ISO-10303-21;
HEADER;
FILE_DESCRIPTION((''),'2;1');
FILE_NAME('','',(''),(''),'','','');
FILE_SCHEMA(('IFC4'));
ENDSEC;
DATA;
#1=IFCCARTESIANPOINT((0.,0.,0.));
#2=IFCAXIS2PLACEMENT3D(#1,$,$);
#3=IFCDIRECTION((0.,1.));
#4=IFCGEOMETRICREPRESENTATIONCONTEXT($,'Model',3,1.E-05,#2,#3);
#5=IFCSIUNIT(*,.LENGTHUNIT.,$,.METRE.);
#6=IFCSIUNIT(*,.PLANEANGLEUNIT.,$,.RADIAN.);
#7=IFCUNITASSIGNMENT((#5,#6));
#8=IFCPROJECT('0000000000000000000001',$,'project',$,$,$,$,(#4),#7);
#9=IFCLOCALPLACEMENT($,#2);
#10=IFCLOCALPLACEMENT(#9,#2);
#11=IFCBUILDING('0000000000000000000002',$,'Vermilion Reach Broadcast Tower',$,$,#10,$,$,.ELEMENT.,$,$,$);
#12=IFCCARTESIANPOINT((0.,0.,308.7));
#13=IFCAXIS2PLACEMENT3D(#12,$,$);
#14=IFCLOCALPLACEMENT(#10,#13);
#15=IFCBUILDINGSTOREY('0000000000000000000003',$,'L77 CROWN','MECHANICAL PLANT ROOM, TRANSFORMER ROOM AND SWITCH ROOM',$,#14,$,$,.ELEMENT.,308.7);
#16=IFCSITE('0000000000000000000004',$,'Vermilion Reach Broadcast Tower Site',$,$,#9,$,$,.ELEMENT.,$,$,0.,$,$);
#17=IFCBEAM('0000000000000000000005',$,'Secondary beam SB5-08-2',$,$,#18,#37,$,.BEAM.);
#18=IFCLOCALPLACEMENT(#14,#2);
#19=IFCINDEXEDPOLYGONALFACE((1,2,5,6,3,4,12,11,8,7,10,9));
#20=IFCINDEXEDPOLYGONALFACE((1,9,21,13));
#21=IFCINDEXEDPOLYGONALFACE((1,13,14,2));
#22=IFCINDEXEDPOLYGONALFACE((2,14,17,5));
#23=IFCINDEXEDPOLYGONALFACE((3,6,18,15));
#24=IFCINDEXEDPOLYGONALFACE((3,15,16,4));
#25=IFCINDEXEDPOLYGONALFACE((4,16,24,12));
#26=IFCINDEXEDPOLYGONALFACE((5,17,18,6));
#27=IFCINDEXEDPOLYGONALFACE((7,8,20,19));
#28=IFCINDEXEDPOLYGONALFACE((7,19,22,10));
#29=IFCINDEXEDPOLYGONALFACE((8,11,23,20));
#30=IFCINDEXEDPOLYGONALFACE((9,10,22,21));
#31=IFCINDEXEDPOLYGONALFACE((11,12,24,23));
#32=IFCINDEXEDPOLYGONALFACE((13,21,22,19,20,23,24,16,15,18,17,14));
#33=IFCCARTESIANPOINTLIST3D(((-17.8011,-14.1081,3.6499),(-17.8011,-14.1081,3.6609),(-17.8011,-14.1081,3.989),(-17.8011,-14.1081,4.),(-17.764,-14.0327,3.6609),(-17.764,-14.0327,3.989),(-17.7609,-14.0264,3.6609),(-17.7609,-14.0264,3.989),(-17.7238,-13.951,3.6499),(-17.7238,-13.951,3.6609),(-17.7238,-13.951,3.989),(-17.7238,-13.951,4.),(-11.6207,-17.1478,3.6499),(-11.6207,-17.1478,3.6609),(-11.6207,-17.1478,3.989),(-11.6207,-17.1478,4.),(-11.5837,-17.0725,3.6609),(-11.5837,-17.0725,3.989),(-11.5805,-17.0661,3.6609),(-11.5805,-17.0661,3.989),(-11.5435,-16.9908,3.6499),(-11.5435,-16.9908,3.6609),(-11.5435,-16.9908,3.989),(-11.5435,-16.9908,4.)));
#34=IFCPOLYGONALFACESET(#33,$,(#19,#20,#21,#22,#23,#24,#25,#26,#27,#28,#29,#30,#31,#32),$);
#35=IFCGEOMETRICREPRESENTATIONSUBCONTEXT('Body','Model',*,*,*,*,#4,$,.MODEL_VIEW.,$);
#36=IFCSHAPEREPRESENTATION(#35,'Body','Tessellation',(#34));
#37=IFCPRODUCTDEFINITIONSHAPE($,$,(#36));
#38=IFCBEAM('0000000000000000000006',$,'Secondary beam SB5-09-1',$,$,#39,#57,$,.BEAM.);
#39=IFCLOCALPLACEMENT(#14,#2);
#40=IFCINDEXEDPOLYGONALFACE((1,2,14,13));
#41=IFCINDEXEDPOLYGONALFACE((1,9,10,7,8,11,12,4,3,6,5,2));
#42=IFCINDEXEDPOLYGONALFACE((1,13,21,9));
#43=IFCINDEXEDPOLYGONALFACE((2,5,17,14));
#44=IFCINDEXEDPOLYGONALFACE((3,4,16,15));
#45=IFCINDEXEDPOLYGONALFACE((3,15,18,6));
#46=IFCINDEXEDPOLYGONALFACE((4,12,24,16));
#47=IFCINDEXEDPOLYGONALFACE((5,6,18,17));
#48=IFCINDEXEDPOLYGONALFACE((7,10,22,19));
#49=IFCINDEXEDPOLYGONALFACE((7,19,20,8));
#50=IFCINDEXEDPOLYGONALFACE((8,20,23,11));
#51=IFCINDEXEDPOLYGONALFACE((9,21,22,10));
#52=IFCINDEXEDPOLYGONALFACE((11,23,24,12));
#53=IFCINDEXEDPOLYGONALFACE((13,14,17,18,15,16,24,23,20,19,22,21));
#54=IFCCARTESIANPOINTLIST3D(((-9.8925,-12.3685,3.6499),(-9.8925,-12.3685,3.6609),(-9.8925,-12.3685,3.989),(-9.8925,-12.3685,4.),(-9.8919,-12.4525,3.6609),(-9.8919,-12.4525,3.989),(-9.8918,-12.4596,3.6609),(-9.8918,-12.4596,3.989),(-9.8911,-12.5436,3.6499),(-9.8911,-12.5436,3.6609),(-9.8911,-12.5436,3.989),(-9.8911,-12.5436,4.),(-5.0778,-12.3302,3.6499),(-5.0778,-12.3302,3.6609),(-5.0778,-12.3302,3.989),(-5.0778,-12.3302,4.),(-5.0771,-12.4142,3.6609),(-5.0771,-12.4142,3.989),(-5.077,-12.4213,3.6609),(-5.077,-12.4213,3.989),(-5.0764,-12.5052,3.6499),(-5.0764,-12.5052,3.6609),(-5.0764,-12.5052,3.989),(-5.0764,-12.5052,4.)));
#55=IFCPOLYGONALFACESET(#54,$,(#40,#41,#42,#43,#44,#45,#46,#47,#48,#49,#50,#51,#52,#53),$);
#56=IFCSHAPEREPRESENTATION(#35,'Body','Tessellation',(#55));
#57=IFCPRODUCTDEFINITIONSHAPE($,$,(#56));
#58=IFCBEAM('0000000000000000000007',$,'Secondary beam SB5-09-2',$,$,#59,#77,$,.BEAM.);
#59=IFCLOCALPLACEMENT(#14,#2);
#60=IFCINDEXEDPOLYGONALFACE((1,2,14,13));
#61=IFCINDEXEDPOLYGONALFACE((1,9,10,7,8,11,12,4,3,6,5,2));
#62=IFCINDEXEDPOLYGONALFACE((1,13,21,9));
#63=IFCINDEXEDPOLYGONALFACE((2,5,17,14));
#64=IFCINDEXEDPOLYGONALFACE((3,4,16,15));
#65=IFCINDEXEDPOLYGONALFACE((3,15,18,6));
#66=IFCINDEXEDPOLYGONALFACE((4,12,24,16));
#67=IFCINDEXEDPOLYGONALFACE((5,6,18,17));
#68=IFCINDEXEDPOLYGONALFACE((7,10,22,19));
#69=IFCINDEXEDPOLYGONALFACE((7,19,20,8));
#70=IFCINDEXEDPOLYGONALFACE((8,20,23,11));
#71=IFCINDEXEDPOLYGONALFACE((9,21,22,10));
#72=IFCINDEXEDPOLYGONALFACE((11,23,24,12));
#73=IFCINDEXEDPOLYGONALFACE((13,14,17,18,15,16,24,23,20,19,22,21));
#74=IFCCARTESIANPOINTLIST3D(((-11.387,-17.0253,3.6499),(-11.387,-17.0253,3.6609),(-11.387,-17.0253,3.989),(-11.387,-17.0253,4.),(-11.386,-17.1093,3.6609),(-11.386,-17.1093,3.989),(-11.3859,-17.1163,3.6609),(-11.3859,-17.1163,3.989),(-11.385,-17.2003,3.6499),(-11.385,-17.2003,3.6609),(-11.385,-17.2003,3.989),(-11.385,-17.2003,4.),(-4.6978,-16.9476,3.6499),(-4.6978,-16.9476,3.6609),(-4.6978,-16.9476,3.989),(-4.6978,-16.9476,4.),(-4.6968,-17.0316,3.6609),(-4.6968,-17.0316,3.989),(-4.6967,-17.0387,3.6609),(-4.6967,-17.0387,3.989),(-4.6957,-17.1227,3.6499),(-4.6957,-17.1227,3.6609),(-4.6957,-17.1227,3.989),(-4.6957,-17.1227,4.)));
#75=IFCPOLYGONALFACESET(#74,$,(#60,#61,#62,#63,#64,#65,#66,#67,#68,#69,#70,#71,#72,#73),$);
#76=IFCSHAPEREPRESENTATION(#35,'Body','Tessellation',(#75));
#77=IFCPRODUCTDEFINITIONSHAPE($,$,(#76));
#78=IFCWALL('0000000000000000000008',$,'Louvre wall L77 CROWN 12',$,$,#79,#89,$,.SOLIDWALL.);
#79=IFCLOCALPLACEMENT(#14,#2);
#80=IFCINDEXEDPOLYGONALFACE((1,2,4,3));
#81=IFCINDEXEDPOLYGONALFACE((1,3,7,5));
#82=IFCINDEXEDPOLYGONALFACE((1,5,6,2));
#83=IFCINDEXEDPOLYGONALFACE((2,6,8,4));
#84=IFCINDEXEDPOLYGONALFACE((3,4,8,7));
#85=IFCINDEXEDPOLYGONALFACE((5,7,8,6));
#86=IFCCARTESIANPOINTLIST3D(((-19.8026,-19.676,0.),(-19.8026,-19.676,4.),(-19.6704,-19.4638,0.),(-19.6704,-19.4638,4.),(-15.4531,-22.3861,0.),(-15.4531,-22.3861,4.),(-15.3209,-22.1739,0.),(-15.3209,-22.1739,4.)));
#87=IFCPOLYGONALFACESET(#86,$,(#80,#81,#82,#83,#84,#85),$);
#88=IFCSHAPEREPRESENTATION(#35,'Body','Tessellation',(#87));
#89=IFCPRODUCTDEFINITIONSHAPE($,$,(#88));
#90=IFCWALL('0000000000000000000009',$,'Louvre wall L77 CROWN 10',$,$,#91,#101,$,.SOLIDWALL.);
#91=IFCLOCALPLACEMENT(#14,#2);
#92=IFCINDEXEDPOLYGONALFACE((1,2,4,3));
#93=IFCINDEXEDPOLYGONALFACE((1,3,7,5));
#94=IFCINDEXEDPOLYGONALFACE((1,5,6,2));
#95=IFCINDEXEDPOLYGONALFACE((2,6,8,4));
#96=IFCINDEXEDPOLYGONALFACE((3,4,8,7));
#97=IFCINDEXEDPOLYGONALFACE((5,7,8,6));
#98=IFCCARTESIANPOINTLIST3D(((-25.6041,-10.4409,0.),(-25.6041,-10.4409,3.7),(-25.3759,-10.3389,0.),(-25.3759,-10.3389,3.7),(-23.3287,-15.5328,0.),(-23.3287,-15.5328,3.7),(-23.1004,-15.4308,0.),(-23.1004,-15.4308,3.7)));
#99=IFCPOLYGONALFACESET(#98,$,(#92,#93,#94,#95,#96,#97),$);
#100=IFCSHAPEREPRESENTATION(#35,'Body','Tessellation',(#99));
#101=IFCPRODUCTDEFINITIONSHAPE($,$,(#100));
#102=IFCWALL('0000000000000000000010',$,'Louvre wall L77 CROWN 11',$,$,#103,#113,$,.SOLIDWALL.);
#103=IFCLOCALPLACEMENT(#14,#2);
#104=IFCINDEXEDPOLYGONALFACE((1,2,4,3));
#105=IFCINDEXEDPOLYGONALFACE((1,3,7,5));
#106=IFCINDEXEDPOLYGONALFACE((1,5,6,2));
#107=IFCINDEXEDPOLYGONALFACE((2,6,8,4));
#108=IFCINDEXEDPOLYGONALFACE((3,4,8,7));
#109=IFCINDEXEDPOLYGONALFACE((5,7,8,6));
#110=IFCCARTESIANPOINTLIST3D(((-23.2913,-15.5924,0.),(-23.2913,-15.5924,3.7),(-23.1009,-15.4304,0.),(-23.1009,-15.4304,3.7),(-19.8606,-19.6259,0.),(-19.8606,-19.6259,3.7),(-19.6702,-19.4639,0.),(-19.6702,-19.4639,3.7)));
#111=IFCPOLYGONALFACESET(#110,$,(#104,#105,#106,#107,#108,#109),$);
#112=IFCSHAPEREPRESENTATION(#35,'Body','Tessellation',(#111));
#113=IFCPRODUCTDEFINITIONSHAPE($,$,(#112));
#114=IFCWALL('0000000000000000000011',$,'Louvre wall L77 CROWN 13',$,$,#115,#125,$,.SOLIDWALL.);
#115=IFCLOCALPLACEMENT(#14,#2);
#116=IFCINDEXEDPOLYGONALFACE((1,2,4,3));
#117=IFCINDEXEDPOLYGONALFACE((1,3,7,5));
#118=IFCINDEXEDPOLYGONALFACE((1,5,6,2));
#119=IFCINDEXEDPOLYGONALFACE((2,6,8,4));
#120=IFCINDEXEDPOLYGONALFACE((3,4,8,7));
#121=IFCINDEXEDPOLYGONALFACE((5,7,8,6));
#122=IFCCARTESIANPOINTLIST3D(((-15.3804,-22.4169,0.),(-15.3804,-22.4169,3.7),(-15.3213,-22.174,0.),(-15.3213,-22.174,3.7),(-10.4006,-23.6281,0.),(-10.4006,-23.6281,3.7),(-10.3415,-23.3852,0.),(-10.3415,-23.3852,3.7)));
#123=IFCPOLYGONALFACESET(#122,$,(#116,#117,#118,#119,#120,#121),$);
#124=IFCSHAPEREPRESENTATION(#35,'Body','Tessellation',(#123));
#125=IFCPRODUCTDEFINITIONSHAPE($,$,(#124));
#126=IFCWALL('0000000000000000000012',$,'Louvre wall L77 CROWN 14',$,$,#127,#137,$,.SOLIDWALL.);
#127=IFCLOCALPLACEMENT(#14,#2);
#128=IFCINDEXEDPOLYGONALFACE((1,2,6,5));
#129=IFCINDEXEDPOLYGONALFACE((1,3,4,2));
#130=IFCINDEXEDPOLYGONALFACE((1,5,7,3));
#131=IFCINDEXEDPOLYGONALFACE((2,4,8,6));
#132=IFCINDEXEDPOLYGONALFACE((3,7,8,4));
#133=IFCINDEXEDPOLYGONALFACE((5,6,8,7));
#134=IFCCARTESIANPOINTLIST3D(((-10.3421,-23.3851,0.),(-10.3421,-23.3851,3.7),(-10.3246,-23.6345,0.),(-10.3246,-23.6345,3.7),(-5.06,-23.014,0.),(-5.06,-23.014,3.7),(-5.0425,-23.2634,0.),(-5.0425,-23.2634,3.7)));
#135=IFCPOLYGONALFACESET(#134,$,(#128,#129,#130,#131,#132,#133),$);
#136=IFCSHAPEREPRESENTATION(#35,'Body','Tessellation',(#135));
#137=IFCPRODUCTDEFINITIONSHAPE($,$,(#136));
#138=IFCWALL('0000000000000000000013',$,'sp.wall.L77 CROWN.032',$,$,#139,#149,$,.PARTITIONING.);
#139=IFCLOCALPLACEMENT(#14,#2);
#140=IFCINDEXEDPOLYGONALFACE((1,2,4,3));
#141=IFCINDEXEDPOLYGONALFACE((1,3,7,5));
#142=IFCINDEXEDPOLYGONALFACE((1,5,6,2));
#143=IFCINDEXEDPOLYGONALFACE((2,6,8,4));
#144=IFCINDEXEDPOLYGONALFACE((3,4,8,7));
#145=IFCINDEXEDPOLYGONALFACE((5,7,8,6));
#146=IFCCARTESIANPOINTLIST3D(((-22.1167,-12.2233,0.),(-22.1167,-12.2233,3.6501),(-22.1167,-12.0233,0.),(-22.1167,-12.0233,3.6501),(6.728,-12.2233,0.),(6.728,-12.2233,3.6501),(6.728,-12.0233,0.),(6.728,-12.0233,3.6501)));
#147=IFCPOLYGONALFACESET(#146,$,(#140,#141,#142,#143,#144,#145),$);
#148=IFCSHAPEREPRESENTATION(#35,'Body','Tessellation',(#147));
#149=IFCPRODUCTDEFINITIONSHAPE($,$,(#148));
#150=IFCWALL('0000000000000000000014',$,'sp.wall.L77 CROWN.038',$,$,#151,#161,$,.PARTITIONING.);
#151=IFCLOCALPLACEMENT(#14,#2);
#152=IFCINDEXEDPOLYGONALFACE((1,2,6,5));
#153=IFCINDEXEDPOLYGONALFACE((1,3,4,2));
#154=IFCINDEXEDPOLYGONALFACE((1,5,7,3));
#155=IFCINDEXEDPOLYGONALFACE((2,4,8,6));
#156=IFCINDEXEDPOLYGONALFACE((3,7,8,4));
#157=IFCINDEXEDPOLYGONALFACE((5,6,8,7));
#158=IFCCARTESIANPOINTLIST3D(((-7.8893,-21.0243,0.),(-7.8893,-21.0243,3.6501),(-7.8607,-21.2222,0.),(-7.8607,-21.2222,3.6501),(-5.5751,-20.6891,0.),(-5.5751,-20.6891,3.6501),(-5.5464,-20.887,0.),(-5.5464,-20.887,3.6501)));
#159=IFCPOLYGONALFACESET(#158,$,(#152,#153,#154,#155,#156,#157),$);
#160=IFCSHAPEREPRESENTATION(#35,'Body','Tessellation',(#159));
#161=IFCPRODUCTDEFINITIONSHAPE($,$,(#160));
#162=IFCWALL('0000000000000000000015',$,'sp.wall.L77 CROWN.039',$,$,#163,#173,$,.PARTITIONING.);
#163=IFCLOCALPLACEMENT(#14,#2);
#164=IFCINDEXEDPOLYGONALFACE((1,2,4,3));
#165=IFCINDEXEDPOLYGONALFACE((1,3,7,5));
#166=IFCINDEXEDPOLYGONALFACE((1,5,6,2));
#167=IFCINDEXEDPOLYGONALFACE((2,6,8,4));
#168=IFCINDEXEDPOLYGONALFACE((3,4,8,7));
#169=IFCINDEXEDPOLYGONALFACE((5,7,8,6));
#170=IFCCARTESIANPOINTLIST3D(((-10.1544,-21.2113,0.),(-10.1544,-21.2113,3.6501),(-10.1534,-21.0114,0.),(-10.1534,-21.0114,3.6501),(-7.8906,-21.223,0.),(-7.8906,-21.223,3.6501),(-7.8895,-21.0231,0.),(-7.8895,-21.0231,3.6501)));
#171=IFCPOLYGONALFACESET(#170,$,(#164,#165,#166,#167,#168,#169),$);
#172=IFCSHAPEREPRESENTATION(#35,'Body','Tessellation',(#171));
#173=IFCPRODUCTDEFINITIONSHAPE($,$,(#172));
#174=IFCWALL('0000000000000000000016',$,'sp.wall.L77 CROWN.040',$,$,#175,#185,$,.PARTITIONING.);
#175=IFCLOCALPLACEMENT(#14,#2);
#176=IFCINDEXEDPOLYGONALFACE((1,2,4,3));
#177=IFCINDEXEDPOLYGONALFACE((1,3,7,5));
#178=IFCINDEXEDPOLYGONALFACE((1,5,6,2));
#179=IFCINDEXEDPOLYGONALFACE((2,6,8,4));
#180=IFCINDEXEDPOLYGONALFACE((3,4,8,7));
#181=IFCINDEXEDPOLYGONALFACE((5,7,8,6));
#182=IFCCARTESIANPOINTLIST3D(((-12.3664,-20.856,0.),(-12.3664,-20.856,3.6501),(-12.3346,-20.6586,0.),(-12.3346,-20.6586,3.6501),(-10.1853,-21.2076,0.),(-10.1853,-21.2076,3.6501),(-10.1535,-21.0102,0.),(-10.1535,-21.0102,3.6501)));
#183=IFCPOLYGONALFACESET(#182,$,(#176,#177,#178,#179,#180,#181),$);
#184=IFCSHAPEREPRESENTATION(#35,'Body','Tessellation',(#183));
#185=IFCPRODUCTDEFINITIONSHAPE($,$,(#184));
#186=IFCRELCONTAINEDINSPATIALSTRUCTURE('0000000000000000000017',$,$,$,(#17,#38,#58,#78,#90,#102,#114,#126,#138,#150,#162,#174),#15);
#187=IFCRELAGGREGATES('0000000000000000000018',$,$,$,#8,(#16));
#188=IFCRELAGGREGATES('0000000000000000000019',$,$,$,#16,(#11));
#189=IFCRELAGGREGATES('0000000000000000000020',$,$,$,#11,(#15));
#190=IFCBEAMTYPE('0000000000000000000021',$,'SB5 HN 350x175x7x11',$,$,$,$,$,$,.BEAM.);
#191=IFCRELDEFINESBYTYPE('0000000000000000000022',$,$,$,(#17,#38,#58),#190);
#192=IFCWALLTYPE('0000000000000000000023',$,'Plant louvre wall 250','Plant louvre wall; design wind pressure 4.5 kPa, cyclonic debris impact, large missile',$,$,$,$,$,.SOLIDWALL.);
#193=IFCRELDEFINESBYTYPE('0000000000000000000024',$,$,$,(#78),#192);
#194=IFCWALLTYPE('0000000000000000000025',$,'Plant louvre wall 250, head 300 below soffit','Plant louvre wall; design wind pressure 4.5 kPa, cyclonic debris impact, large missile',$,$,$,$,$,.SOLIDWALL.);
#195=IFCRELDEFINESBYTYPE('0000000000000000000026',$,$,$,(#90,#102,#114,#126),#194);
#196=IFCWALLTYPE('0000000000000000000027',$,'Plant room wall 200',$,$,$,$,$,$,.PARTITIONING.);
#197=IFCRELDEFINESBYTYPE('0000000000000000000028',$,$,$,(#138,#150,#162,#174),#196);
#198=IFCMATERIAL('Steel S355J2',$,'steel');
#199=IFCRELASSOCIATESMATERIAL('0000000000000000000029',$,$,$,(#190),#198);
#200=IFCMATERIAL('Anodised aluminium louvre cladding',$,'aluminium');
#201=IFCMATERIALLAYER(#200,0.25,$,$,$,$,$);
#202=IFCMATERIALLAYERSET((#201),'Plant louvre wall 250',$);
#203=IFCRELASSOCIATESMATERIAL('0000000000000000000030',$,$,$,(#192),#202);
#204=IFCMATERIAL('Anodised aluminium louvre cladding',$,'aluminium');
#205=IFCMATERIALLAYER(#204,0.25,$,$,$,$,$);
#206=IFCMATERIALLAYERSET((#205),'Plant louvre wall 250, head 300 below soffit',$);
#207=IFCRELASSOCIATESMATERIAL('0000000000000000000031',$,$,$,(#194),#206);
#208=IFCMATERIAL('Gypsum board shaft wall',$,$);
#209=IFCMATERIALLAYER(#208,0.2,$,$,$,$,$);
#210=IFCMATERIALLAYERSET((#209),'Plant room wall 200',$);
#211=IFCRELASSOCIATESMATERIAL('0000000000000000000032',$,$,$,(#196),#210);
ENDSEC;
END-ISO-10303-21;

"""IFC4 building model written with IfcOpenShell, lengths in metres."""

from ifc_helpers import new_model, si_unit, direction, frame, frame_2d, origin, origin_2d, place, context, subcontext, project, spatial, rectangle, i_section, extrude, material, layer, layer_set, material_profile, profile_set, type_object, element, save


model = new_model("IFC4")

# Units and contexts
model_context = context("Model", 3, precision=1e-05, world=origin(), true_north=direction((0.0, 1.0)))
body_context = subcontext(model_context, "Body", "Model", "MODEL_VIEW")
ifc_project = project(units=[si_unit("LENGTHUNIT", "METRE"), si_unit("PLANEANGLEUNIT", "RADIAN")], contexts=[model_context])

# Site, building, storey
site_placement = place(None, origin())
site = spatial("IfcSite", under=ifc_project, at=site_placement, Name="Vermilion Reach Broadcast Tower Site", CompositionType="ELEMENT", RefElevation=0.0)
building_placement = place(site_placement, origin())
building = spatial("IfcBuilding", under=site, at=building_placement, Name="Vermilion Reach Broadcast Tower", CompositionType="ELEMENT")
storey_placement = place(building_placement, frame((0.0, 0.0, 308.7)))
storey = spatial("IfcBuildingStorey", under=building, at=storey_placement, Name="L77 CROWN", Description="MECHANICAL PLANT ROOM, TRANSFORMER ROOM AND SWITCH ROOM", CompositionType="ELEMENT", Elevation=308.7)

# Beams
ifc_material_1 = material(Name="Steel S355J2", Category="steel")
ifc_material_profile_1 = material_profile(ifc_material_1, i_section(OverallWidth=0.175, OverallDepth=0.3501, WebThickness=0.0071, FlangeThickness=0.011, at=origin_2d()), Name="S355J2 HN 350x175x7x11")
ifc_profile_set_1 = profile_set([ifc_material_profile_1], Name="Steel S355J2")
beam_type_1 = type_object("IfcBeamType", Name="SB5 HN 350x175x7x11", PredefinedType="BEAM", material=ifc_profile_set_1)
beam_1_placement = place(storey_placement, frame((-17.7625, -14.0295, 3.825), z_axis=(0.897336, -0.441348, 0.0), x_axis=(0.441348, 0.897336, 0.0)))
element("IfcBeam", 1, at=beam_1_placement, inside=storey, type_object=beam_type_1, Name="Secondary beam SB5-08-2", PredefinedType="BEAM", context=body_context, shape_type="SweptSolid", body=[
    extrude(i_section(OverallWidth=0.175, OverallDepth=0.3501, WebThickness=0.0071, FlangeThickness=0.011, at=origin_2d()), origin(), (0.0, 0.0, 1.0), 6.8875),
])
beam_2_placement = place(storey_placement, frame((-9.8918, -12.4561, 3.825), z_axis=(0.999968, 0.007961, 0.0), x_axis=(-0.007961, 0.999968, 0.0)))
element("IfcBeam", 2, at=beam_2_placement, inside=storey, type_object=beam_type_1, Name="Secondary beam SB5-09-1", PredefinedType="BEAM", context=body_context, shape_type="SweptSolid", body=[
    extrude(i_section(OverallWidth=0.175, OverallDepth=0.3501, WebThickness=0.0071, FlangeThickness=0.011, at=origin_2d()), origin(), (0.0, 0.0, 1.0), 4.8149),
])
beam_3_placement = place(storey_placement, frame((-11.386, -17.1128, 3.825), z_axis=(0.999933, 0.011605, 0.0), x_axis=(-0.011605, 0.999933, 0.0)))
element("IfcBeam", 3, at=beam_3_placement, inside=storey, type_object=beam_type_1, Name="Secondary beam SB5-09-2", PredefinedType="BEAM", context=body_context, shape_type="SweptSolid", body=[
    extrude(i_section(OverallWidth=0.175, OverallDepth=0.3501, WebThickness=0.0071, FlangeThickness=0.011, at=origin_2d()), origin(), (0.0, 0.0, 1.0), 6.6897),
])

# Walls
ifc_material_2 = material(Name="Anodised aluminium louvre cladding", Category="aluminium")
ifc_layer_1 = layer(ifc_material_2, 0.25)
ifc_layer_set_1 = layer_set([ifc_layer_1], Name="Plant louvre wall 250")
wall_type_1 = type_object("IfcWallType", Name="Plant louvre wall 250", Description="Plant louvre wall; design wind pressure 4.5 kPa, cyclonic debris impact, large missile", PredefinedType="SOLIDWALL", material=ifc_layer_set_1)
wall_1_placement = place(storey_placement, frame((-19.7366, -19.5698, 0.0), z_axis=(0.0, 0.0, 1.0), x_axis=(0.848725, -0.528834, 0.0)))
element("IfcWall", 4, at=wall_1_placement, inside=storey, type_object=wall_type_1, Name="Louvre wall L77 CROWN 12", PredefinedType="SOLIDWALL", context=body_context, shape_type="SweptSolid", body=[
    extrude(rectangle(XDim=5.1248, YDim=0.25, at=frame_2d((2.5625, 0.0))), origin(), (0.0, 0.0, 1.0), 4.0),
])
ifc_material_3 = material(Name="Anodised aluminium louvre cladding", Category="aluminium")
ifc_layer_2 = layer(ifc_material_3, 0.25)
ifc_layer_set_2 = layer_set([ifc_layer_2], Name="Plant louvre wall 250, head 300 below soffit")
wall_type_2 = type_object("IfcWallType", Name="Plant louvre wall 250, head 300 below soffit", Description="Plant louvre wall; design wind pressure 4.5 kPa, cyclonic debris impact, large missile", PredefinedType="SOLIDWALL", material=ifc_layer_set_2)
wall_2_placement = place(storey_placement, frame((-25.49, -10.3899, 0.0), z_axis=(0.0, 0.0, 1.0), x_axis=(0.40799, -0.912987, 0.0)))
element("IfcWall", 5, at=wall_2_placement, inside=storey, type_object=wall_type_2, Name="Louvre wall L77 CROWN 10", PredefinedType="SOLIDWALL", context=body_context, shape_type="SweptSolid", body=[
    extrude(rectangle(XDim=5.5771, YDim=0.25, at=frame_2d((2.7886, 0.0))), origin(), (0.0, 0.0, 1.0), 3.7),
])
wall_3_placement = place(storey_placement, frame((-23.196, -15.5115, 0.0), z_axis=(0.0, 0.0, 1.0), x_axis=(0.647893, -0.761731, 0.0)))
element("IfcWall", 6, at=wall_3_placement, inside=storey, type_object=wall_type_2, Name="Louvre wall L77 CROWN 11", PredefinedType="SOLIDWALL", context=body_context, shape_type="SweptSolid", body=[
    extrude(rectangle(XDim=5.2952, YDim=0.25, at=frame_2d((2.6475, 0.0))), origin(), (0.0, 0.0, 1.0), 3.7),
])
wall_4_placement = place(storey_placement, frame((-15.3508, -22.2954, 0.0), z_axis=(0.0, 0.0, 1.0), x_axis=(0.971672, -0.236332, 0.0)))
element("IfcWall", 7, at=wall_4_placement, inside=storey, type_object=wall_type_2, Name="Louvre wall L77 CROWN 13", PredefinedType="SOLIDWALL", context=body_context, shape_type="SweptSolid", body=[
    extrude(rectangle(XDim=5.125, YDim=0.25, at=frame_2d((2.5625, 0.0))), origin(), (0.0, 0.0, 1.0), 3.7),
])
wall_5_placement = place(storey_placement, frame((-10.3333, -23.5098, 0.0), z_axis=(0.0, 0.0, 1.0), x_axis=(0.997541, 0.070081, 0.0)))
element("IfcWall", 8, at=wall_5_placement, inside=storey, type_object=wall_type_2, Name="Louvre wall L77 CROWN 14", PredefinedType="SOLIDWALL", context=body_context, shape_type="SweptSolid", body=[
    extrude(rectangle(XDim=5.2952, YDim=0.25, at=frame_2d((2.6475, 0.0))), origin(), (0.0, 0.0, 1.0), 3.7),
])
ifc_material_4 = material(Name="Gypsum board shaft wall")
ifc_layer_3 = layer(ifc_material_4, 0.2)
ifc_layer_set_3 = layer_set([ifc_layer_3], Name="Plant room wall 200")
wall_type_3 = type_object("IfcWallType", Name="Plant room wall 200", PredefinedType="PARTITIONING", material=ifc_layer_set_3)
wall_6_placement = place(storey_placement, frame((-22.1167, -12.1233, 0.0), z_axis=(0.0, 0.0, 1.0), x_axis=(1.0, 0.0, 0.0)))
element("IfcWall", 9, at=wall_6_placement, inside=storey, type_object=wall_type_3, Name="sp.wall.L77 CROWN.032", PredefinedType="PARTITIONING", context=body_context, shape_type="SweptSolid", body=[
    extrude(rectangle(XDim=28.8447, YDim=0.2, at=frame_2d((14.4224, 0.0))), origin(), (0.0, 0.0, 1.0), 3.6501),
])
wall_7_placement = place(storey_placement, frame((-7.875, -21.1233, 0.0), z_axis=(0.0, 0.0, 1.0), x_axis=(0.989672, 0.143351, 0.0)))
element("IfcWall", 10, at=wall_7_placement, inside=storey, type_object=wall_type_3, Name="sp.wall.L77 CROWN.038", PredefinedType="PARTITIONING", context=body_context, shape_type="SweptSolid", body=[
    extrude(rectangle(XDim=2.3384, YDim=0.2, at=frame_2d((1.1692, 0.0))), origin(), (0.0, 0.0, 1.0), 3.6501),
])
wall_8_placement = place(storey_placement, frame((-10.1538, -21.1113, 0.0), z_axis=(0.0, 0.0, 1.0), x_axis=(0.999987, -0.005176, 0.0)))
element("IfcWall", 11, at=wall_8_placement, inside=storey, type_object=wall_type_3, Name="sp.wall.L77 CROWN.039", PredefinedType="PARTITIONING", context=body_context, shape_type="SweptSolid", body=[
    extrude(rectangle(XDim=2.2639, YDim=0.2, at=frame_2d((1.1318, 0.0))), origin(), (0.0, 0.0, 1.0), 3.6501),
])
wall_9_placement = place(storey_placement, frame((-12.3503, -20.7573, 0.0), z_axis=(0.0, 0.0, 1.0), x_axis=(0.987258, -0.159128, 0.0)))
element("IfcWall", 12, at=wall_9_placement, inside=storey, type_object=wall_type_3, Name="sp.wall.L77 CROWN.040", PredefinedType="PARTITIONING", context=body_context, shape_type="SweptSolid", body=[
    extrude(rectangle(XDim=2.2092, YDim=0.2, at=frame_2d((1.1045, 0.0))), origin(), (0.0, 0.0, 1.0), 3.6501),
])

save(model, "model.ifc")
